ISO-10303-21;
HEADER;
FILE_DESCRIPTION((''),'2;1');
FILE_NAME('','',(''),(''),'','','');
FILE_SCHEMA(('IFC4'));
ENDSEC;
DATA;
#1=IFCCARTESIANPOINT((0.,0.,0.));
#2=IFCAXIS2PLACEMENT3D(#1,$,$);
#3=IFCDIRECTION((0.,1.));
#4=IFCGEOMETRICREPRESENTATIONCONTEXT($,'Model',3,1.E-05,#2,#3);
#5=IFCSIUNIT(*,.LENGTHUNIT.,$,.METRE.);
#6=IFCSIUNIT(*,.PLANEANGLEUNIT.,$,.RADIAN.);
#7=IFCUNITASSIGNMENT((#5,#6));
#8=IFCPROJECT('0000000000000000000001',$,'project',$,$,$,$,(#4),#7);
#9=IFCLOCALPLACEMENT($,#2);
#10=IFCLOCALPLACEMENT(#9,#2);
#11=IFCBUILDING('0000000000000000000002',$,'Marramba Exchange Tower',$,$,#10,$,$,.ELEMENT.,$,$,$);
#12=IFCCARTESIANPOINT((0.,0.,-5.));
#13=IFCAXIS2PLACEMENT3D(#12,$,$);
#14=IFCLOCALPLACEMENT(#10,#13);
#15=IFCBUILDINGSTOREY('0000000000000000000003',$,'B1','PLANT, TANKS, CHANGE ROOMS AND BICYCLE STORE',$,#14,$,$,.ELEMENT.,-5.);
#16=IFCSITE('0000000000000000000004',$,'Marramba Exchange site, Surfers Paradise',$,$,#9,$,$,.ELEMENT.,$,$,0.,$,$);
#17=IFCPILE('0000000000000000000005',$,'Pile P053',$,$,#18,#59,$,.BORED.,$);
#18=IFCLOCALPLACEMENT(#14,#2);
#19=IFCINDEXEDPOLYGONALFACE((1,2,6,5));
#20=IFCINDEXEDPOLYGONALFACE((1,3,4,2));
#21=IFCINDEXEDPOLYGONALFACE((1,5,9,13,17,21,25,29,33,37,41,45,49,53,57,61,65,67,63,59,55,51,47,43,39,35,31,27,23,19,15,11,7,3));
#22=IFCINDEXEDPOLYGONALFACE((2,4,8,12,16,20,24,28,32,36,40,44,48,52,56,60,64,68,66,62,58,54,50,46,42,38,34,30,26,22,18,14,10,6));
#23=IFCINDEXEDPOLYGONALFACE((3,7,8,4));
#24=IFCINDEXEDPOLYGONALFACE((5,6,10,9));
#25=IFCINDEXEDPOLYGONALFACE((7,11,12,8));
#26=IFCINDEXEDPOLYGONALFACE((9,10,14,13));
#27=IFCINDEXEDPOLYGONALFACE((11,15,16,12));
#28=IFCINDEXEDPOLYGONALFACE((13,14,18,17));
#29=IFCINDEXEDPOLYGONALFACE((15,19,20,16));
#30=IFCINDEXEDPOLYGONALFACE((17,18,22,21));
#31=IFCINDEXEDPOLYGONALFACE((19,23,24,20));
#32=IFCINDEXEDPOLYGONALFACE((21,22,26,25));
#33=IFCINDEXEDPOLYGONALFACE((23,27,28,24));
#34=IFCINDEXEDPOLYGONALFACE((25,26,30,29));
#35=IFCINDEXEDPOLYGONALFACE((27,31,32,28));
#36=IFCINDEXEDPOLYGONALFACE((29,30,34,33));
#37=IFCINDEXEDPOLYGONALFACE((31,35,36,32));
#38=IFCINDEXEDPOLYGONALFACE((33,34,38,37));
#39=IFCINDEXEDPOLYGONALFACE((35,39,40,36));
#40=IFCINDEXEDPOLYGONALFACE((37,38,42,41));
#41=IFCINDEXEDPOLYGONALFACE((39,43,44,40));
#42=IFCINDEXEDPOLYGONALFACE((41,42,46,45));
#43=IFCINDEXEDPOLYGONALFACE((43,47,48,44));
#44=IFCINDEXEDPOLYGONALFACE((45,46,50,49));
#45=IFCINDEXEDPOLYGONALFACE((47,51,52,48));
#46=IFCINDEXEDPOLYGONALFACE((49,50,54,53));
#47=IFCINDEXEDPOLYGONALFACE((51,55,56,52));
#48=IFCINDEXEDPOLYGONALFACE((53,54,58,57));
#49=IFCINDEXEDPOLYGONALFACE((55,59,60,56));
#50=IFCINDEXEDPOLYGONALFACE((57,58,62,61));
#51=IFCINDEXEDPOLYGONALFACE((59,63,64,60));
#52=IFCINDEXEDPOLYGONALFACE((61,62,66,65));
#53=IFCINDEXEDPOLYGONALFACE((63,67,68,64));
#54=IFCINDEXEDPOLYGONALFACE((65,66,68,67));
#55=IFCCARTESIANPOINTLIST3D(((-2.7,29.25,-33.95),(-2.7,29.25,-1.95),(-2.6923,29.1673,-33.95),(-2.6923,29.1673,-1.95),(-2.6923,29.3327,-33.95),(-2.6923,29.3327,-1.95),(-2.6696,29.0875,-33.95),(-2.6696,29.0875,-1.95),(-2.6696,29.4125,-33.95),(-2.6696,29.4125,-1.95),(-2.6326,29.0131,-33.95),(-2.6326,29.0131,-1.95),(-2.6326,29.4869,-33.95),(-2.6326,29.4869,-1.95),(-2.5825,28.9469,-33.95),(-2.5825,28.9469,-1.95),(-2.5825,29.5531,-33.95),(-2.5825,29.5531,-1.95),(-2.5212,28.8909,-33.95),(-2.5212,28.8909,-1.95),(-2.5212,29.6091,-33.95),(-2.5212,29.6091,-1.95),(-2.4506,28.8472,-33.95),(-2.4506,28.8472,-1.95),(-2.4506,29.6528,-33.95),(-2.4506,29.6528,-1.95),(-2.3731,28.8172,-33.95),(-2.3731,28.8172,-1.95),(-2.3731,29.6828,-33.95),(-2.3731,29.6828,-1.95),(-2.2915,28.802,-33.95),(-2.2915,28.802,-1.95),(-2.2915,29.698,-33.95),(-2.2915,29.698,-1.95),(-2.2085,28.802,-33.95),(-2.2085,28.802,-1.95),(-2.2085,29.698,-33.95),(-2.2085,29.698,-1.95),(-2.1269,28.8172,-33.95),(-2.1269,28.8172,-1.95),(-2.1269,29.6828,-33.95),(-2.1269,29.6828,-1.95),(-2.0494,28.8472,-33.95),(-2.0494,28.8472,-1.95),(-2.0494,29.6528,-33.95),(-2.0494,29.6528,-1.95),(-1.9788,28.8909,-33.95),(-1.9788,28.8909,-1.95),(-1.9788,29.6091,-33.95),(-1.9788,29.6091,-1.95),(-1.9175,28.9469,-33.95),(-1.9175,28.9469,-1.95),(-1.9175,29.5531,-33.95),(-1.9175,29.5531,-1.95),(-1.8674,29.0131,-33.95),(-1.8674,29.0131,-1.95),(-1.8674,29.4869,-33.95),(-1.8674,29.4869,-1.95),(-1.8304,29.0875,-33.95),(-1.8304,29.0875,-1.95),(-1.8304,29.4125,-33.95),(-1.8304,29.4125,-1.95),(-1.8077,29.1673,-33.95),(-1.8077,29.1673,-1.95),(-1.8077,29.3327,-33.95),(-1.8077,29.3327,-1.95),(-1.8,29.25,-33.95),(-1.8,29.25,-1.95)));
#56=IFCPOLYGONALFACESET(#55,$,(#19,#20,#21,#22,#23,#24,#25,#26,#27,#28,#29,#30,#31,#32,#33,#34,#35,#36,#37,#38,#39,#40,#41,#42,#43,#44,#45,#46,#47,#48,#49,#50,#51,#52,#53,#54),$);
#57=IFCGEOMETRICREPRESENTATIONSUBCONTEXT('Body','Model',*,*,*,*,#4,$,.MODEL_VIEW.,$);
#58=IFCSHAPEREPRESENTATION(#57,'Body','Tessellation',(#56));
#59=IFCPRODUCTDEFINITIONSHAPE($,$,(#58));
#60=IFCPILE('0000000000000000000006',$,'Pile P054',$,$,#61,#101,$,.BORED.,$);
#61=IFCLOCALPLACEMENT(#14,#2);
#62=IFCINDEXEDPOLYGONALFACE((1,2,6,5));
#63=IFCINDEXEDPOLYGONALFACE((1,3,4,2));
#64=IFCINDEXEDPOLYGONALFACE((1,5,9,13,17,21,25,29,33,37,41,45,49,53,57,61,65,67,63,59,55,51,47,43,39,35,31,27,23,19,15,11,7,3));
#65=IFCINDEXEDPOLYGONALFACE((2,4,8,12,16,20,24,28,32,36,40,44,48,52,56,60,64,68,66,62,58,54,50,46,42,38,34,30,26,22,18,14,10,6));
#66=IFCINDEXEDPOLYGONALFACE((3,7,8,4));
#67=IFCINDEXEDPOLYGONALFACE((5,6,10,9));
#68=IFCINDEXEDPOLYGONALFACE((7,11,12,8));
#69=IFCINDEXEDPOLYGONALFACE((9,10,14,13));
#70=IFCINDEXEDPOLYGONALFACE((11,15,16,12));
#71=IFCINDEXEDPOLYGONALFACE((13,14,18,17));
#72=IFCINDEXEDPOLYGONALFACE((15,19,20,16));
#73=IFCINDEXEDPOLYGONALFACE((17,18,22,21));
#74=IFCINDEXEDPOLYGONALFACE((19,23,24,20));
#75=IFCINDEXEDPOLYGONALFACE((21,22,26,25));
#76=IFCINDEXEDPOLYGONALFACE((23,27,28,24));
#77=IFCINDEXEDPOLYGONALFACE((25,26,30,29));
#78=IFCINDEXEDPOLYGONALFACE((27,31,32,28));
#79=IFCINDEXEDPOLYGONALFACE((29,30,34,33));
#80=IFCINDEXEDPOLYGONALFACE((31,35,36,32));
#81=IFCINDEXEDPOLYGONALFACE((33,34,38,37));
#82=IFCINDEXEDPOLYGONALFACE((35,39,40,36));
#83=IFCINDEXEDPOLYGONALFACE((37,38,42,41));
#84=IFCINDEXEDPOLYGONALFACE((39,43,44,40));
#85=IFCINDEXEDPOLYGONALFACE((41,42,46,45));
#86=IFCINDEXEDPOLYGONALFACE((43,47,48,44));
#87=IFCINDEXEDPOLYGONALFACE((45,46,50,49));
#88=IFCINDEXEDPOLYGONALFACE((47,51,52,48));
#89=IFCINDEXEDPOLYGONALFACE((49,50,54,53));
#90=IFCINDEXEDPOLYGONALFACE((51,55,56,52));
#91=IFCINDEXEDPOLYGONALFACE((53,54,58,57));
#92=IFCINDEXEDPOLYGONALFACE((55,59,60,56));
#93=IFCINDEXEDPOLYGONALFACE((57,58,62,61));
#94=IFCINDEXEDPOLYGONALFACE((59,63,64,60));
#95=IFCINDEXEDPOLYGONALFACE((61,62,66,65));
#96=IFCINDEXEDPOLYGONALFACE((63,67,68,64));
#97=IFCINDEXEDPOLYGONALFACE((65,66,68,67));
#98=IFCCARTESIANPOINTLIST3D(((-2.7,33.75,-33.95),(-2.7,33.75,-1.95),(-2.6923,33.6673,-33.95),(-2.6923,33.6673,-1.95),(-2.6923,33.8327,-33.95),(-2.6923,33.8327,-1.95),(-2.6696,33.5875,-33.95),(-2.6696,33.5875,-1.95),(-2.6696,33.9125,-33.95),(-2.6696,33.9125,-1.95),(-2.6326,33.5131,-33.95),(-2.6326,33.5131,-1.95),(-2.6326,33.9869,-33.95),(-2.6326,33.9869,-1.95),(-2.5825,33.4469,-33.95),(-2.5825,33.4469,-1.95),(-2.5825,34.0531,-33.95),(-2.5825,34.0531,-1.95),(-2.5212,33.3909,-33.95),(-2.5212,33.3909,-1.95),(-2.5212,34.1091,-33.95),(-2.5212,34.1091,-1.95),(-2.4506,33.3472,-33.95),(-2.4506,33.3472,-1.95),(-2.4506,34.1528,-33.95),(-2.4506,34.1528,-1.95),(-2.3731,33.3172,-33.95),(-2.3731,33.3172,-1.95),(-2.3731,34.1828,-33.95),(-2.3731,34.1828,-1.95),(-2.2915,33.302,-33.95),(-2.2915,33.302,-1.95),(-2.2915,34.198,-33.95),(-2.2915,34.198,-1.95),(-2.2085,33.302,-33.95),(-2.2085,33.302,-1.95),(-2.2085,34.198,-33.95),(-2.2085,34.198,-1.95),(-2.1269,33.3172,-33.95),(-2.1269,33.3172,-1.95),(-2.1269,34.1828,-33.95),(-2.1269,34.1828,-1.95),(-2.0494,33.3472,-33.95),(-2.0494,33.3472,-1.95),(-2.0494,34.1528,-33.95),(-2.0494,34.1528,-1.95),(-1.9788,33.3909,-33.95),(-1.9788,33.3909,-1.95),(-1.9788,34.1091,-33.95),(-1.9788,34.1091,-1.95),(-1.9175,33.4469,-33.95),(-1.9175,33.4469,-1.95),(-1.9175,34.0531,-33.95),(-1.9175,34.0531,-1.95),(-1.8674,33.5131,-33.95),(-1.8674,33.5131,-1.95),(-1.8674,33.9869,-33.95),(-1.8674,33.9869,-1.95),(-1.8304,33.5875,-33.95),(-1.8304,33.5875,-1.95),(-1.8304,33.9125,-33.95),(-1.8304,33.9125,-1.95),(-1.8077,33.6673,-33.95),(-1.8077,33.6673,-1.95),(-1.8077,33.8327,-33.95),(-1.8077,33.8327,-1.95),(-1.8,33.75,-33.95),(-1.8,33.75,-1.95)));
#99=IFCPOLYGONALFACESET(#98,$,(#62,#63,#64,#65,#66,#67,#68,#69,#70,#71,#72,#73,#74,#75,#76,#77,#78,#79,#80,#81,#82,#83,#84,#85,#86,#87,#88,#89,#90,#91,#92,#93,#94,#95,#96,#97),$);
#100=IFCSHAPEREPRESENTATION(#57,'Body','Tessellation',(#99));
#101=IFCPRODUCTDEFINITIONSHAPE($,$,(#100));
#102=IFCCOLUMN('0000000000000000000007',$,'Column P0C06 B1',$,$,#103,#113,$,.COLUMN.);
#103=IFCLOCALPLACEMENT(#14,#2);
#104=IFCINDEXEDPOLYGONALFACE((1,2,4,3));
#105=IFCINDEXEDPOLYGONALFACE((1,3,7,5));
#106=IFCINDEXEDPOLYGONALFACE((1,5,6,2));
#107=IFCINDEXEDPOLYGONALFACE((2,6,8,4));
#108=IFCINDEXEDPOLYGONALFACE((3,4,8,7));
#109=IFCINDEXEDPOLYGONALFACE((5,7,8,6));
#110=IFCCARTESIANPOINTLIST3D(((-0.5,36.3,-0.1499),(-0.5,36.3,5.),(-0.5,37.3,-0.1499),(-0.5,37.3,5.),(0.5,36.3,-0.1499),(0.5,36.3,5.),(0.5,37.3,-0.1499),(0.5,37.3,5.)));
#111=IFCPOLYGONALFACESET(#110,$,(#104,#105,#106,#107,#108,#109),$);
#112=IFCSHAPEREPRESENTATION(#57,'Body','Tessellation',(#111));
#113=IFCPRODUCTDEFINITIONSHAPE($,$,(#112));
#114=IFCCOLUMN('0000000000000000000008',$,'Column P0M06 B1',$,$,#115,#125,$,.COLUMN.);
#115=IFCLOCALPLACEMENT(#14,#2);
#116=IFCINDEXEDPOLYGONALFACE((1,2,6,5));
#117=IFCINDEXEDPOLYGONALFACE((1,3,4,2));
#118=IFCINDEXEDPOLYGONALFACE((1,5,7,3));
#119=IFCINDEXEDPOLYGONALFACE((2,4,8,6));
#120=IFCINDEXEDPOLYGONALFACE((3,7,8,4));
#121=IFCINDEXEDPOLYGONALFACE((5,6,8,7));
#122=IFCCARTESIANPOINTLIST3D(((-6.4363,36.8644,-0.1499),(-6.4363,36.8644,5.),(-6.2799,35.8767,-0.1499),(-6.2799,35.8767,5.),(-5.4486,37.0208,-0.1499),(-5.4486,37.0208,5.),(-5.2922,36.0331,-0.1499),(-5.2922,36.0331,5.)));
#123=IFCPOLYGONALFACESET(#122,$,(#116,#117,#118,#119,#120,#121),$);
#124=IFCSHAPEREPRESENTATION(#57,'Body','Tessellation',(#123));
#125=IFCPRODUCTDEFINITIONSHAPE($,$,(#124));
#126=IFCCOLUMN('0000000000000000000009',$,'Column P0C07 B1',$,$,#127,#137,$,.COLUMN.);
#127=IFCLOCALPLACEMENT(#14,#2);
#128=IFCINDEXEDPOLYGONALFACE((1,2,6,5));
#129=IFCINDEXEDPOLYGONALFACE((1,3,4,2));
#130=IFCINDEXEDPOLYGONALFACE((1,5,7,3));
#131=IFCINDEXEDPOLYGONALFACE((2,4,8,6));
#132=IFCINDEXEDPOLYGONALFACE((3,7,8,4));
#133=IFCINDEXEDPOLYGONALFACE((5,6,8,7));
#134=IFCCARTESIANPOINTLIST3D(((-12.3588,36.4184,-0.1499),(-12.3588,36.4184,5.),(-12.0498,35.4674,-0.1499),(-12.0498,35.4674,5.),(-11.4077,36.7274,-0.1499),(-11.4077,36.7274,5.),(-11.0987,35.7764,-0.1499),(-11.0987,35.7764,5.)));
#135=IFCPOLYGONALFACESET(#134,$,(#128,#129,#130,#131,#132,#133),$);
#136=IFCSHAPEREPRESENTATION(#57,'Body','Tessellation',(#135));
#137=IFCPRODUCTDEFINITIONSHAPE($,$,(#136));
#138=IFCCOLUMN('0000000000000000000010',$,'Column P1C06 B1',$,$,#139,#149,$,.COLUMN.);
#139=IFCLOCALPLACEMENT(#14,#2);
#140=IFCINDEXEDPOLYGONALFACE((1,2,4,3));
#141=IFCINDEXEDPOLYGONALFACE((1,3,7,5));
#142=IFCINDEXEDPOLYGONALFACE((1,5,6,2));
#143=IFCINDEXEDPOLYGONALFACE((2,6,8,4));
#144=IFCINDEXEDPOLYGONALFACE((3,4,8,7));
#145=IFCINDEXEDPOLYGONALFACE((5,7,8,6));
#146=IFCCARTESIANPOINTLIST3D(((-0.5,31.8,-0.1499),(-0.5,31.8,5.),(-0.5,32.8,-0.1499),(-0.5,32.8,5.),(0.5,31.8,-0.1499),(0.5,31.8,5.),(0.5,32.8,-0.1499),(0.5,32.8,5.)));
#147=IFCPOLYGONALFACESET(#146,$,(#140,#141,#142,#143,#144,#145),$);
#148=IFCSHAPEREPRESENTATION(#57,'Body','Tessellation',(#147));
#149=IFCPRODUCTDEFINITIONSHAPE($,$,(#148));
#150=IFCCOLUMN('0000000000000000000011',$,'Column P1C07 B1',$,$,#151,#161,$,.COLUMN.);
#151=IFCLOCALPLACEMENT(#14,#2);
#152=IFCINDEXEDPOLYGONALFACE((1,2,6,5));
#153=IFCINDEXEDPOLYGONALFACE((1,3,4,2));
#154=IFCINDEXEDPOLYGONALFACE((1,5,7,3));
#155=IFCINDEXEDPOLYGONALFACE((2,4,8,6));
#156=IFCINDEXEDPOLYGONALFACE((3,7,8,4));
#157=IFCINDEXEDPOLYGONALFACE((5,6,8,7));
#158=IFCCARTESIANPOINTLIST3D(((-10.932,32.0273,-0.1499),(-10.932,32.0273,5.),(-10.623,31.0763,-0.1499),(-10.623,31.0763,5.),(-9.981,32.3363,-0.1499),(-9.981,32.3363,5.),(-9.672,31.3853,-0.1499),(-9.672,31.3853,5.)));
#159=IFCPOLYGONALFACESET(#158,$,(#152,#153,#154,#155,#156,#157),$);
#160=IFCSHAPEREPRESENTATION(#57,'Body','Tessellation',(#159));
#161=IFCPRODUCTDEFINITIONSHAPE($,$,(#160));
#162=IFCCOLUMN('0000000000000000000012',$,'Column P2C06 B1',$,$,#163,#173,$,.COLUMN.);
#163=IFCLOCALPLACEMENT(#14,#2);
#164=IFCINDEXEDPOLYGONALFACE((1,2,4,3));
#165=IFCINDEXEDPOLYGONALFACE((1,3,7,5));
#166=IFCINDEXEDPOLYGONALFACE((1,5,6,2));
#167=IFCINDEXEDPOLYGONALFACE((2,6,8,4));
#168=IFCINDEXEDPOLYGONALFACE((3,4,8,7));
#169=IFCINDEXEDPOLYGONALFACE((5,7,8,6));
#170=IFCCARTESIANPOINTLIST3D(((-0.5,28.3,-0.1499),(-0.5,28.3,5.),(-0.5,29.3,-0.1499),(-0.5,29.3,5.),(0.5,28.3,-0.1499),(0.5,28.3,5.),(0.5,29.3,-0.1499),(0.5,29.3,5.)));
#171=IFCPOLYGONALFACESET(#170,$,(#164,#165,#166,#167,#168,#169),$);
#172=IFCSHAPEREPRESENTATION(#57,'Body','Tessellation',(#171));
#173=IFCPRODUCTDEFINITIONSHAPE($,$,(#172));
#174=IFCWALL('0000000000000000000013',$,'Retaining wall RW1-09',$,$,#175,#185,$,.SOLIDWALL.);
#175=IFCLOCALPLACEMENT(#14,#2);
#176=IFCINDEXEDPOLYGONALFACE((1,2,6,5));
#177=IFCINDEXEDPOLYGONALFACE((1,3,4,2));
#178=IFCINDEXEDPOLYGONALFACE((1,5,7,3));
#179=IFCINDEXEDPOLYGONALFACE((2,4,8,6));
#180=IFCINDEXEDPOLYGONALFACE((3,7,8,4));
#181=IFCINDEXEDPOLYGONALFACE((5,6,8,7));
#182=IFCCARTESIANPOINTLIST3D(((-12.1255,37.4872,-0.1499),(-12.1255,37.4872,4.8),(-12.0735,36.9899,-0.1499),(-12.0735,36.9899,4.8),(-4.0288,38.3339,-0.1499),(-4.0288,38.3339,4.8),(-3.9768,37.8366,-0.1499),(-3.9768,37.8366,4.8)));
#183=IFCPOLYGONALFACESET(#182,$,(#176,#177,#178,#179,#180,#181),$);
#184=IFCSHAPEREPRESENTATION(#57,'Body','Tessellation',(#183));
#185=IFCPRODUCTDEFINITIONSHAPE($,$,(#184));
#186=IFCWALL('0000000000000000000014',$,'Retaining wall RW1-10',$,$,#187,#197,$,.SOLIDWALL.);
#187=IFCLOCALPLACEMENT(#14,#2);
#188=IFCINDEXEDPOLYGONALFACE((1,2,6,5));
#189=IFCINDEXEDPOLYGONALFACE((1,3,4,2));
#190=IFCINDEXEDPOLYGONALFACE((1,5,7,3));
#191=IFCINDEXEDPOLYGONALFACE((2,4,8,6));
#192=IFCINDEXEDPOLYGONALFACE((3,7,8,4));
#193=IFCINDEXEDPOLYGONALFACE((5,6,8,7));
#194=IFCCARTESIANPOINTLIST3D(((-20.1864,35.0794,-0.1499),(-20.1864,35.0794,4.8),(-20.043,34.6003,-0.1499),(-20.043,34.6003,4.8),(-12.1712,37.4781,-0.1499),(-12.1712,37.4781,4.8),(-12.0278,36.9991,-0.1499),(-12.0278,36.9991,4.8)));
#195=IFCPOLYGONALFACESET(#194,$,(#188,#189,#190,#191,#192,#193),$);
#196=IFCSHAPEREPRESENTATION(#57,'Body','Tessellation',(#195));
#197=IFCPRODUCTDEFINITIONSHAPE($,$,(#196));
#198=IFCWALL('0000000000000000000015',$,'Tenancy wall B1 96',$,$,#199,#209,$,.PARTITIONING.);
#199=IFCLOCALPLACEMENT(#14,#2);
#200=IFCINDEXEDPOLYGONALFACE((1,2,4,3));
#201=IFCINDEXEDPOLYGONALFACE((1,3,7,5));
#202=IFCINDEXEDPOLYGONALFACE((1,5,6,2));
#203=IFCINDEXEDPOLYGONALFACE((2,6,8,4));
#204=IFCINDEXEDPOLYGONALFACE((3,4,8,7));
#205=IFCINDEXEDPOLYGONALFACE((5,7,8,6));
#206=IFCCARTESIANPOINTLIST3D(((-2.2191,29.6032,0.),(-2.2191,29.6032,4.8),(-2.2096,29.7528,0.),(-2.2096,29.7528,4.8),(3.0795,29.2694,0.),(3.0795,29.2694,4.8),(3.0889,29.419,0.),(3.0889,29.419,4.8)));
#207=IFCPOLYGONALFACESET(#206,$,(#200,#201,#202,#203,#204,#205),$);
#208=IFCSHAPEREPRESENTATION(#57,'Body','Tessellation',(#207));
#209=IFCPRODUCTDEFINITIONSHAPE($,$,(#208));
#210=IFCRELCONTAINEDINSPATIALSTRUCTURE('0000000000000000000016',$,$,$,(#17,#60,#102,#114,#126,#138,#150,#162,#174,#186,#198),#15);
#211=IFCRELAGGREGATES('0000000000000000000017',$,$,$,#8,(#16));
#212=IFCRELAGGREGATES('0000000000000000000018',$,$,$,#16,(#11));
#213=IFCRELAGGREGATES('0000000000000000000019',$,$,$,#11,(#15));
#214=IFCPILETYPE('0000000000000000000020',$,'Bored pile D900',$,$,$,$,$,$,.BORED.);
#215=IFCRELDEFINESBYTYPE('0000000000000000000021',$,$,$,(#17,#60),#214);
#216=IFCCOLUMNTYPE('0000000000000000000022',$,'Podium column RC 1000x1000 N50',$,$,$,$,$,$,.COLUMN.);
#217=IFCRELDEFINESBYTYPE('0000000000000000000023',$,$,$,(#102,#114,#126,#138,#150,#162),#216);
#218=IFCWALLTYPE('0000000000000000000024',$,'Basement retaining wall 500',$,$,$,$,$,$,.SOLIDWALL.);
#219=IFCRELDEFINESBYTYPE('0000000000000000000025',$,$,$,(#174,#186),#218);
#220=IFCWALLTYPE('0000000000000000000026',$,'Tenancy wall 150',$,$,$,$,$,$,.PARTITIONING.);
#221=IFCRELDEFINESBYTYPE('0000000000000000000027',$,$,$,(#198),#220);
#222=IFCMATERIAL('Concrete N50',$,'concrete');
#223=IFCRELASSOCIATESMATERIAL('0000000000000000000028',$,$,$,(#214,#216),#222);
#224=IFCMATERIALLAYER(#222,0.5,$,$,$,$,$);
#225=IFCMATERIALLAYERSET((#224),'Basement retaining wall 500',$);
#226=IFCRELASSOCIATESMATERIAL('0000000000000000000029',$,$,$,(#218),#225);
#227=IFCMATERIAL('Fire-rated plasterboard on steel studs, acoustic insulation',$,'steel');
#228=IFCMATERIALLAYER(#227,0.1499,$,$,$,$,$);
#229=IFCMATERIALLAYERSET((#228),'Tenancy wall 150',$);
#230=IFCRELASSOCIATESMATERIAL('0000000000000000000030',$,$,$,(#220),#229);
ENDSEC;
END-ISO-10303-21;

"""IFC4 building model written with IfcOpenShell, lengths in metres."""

from ifc_helpers import new_model, si_unit, direction, frame, frame_2d, origin, origin_2d, place, context, subcontext, project, spatial, rectangle, circle, extrude, material, layer, layer_set, material_profile, profile_set, type_object, element, save


model = new_model("IFC4")

# Units and contexts
model_context = context("Model", 3, precision=1e-05, world=origin(), true_north=direction((0.0, 1.0)))
body_context = subcontext(model_context, "Body", "Model", "MODEL_VIEW")
ifc_project = project(units=[si_unit("LENGTHUNIT", "METRE"), si_unit("PLANEANGLEUNIT", "RADIAN")], contexts=[model_context])

# Site, building, storey
site_placement = place(None, origin())
site = spatial("IfcSite", under=ifc_project, at=site_placement, Name="Marramba Exchange site, Surfers Paradise", CompositionType="ELEMENT", RefElevation=0.0)
building_placement = place(site_placement, origin())
building = spatial("IfcBuilding", under=site, at=building_placement, Name="Marramba Exchange Tower", CompositionType="ELEMENT")
storey_placement = place(building_placement, frame((0.0, 0.0, -5.0)))
storey = spatial("IfcBuildingStorey", under=building, at=storey_placement, Name="B1", Description="PLANT, TANKS, CHANGE ROOMS AND BICYCLE STORE", CompositionType="ELEMENT", Elevation=-5.0)

# Piles
ifc_material_1 = material(Name="Concrete N50", Category="concrete")
ifc_material_profile_1 = material_profile(ifc_material_1, circle(Radius=0.45, at=origin_2d()), Name="BP D900")
ifc_profile_set_1 = profile_set([ifc_material_profile_1], Name="Concrete N50")
pile_type = type_object("IfcPileType", Name="Bored pile D900", PredefinedType="BORED", material=ifc_profile_set_1)
for number, where, z_axis, x_axis, name in (
    (1, (-2.25, 29.25, -1.95), (0.0, 0.0, -1.0), (1.0, 0.0, 0.0), "Pile P053"),
    (2, (-2.25, 33.75, -1.95), (0.0, 0.0, -1.0), (1.0, 0.0, 0.0), "Pile P054"),
):
    element("IfcPile", number, at=place(storey_placement, frame(where, z_axis=z_axis, x_axis=x_axis)), inside=storey, type_object=pile_type, Name=name, PredefinedType="BORED", context=body_context, shape_type="SweptSolid", body=[
        extrude(circle(Radius=0.45, at=origin_2d()), origin(), (0.0, 0.0, 1.0), 32.0),
    ])

# Columns
ifc_material_profile_2 = material_profile(ifc_material_1, rectangle(XDim=1.0, YDim=1.0, at=origin_2d()), Name="RC 1000x1000")
ifc_profile_set_2 = profile_set([ifc_material_profile_2], Name="Concrete N50")
column_type = type_object("IfcColumnType", Name="Podium column RC 1000x1000 N50", PredefinedType="COLUMN", material=ifc_profile_set_2)
for number, where, z_axis, x_axis, name in (
    (3, (0.0, 36.8, -0.1499), (0.0, 0.0, 1.0), (0.0, 1.0, 0.0), "Column P0C06 B1"),
    (4, (-5.8643, 36.4487, -0.1499), (0.0, 0.0, 1.0), (-0.156434, 0.987688, 0.0), "Column P0M06 B1"),
    (5, (-11.7288, 36.0974, -0.1499), (0.0, 0.0, 1.0), (-0.309017, 0.951057, 0.0), "Column P0C07 B1"),
    (6, (0.0, 32.3, -0.1499), (0.0, 0.0, 1.0), (0.0, 1.0, 0.0), "Column P1C06 B1"),
    (7, (-10.302, 31.7063, -0.1499), (0.0, 0.0, 1.0), (-0.309017, 0.951057, 0.0), "Column P1C07 B1"),
    (8, (0.0, 28.8, -0.1499), (0.0, 0.0, 1.0), (0.0, 1.0, 0.0), "Column P2C06 B1"),
):
    element("IfcColumn", number, at=place(storey_placement, frame(where, z_axis=z_axis, x_axis=x_axis)), inside=storey, type_object=column_type, Name=name, PredefinedType="COLUMN", context=body_context, shape_type="SweptSolid", body=[
        extrude(rectangle(XDim=1.0, YDim=1.0, at=origin_2d()), origin(), (0.0, 0.0, 1.0), 5.1499),
    ])

# Walls
ifc_layer_1 = layer(ifc_material_1, 0.5)
ifc_layer_set_1 = layer_set([ifc_layer_1], Name="Basement retaining wall 500")
wall_type_1 = type_object("IfcWallType", Name="Basement retaining wall 500", PredefinedType="SOLIDWALL", material=ifc_layer_set_1)
wall_1_placement = place(storey_placement, frame((-4.0029, 38.0852, -0.1499), z_axis=(0.0, 0.0, 1.0), x_axis=(-0.994577, -0.104004, 0.0)))
element("IfcWall", 9, at=wall_1_placement, inside=storey, type_object=wall_type_1, Name="Retaining wall RW1-09", PredefinedType="SOLIDWALL", context=body_context, shape_type="SweptSolid", body=[
    extrude(rectangle(XDim=8.1409, YDim=0.5, at=frame_2d((4.0703, 0.0))), origin(), (0.0, 0.0, 1.0), 4.95),
])
wall_2_placement = place(storey_placement, frame((-12.0996, 37.2385, -0.1499), z_axis=(0.0, 0.0, 1.0), x_axis=(-0.958019, -0.286705, 0.0)))
element("IfcWall", 10, at=wall_2_placement, inside=storey, type_object=wall_type_1, Name="Retaining wall RW1-10", PredefinedType="SOLIDWALL", context=body_context, shape_type="SweptSolid", body=[
    extrude(rectangle(XDim=8.3665, YDim=0.5, at=frame_2d((4.1831, 0.0))), origin(), (0.0, 0.0, 1.0), 4.95),
])
ifc_material_2 = material(Name="Fire-rated plasterboard on steel studs, acoustic insulation", Category="steel")
ifc_layer_2 = layer(ifc_material_2, 0.1499)
ifc_layer_set_2 = layer_set([ifc_layer_2], Name="Tenancy wall 150")
wall_type_2 = type_object("IfcWallType", Name="Tenancy wall 150", PredefinedType="PARTITIONING", material=ifc_layer_set_2)
wall_3_placement = place(storey_placement, frame((-2.2144, 29.678, 0.0), z_axis=(0.0, 0.0, 1.0), x_axis=(0.998022, -0.062862, 0.0)))
element("IfcWall", 11, at=wall_3_placement, inside=storey, type_object=wall_type_2, Name="Tenancy wall B1 96", PredefinedType="PARTITIONING", context=body_context, shape_type="SweptSolid", body=[
    extrude(rectangle(XDim=5.3091, YDim=0.1499, at=frame_2d((2.6545, 0.0))), origin(), (0.0, 0.0, 1.0), 4.8),
])

save(model, "model.ifc")
